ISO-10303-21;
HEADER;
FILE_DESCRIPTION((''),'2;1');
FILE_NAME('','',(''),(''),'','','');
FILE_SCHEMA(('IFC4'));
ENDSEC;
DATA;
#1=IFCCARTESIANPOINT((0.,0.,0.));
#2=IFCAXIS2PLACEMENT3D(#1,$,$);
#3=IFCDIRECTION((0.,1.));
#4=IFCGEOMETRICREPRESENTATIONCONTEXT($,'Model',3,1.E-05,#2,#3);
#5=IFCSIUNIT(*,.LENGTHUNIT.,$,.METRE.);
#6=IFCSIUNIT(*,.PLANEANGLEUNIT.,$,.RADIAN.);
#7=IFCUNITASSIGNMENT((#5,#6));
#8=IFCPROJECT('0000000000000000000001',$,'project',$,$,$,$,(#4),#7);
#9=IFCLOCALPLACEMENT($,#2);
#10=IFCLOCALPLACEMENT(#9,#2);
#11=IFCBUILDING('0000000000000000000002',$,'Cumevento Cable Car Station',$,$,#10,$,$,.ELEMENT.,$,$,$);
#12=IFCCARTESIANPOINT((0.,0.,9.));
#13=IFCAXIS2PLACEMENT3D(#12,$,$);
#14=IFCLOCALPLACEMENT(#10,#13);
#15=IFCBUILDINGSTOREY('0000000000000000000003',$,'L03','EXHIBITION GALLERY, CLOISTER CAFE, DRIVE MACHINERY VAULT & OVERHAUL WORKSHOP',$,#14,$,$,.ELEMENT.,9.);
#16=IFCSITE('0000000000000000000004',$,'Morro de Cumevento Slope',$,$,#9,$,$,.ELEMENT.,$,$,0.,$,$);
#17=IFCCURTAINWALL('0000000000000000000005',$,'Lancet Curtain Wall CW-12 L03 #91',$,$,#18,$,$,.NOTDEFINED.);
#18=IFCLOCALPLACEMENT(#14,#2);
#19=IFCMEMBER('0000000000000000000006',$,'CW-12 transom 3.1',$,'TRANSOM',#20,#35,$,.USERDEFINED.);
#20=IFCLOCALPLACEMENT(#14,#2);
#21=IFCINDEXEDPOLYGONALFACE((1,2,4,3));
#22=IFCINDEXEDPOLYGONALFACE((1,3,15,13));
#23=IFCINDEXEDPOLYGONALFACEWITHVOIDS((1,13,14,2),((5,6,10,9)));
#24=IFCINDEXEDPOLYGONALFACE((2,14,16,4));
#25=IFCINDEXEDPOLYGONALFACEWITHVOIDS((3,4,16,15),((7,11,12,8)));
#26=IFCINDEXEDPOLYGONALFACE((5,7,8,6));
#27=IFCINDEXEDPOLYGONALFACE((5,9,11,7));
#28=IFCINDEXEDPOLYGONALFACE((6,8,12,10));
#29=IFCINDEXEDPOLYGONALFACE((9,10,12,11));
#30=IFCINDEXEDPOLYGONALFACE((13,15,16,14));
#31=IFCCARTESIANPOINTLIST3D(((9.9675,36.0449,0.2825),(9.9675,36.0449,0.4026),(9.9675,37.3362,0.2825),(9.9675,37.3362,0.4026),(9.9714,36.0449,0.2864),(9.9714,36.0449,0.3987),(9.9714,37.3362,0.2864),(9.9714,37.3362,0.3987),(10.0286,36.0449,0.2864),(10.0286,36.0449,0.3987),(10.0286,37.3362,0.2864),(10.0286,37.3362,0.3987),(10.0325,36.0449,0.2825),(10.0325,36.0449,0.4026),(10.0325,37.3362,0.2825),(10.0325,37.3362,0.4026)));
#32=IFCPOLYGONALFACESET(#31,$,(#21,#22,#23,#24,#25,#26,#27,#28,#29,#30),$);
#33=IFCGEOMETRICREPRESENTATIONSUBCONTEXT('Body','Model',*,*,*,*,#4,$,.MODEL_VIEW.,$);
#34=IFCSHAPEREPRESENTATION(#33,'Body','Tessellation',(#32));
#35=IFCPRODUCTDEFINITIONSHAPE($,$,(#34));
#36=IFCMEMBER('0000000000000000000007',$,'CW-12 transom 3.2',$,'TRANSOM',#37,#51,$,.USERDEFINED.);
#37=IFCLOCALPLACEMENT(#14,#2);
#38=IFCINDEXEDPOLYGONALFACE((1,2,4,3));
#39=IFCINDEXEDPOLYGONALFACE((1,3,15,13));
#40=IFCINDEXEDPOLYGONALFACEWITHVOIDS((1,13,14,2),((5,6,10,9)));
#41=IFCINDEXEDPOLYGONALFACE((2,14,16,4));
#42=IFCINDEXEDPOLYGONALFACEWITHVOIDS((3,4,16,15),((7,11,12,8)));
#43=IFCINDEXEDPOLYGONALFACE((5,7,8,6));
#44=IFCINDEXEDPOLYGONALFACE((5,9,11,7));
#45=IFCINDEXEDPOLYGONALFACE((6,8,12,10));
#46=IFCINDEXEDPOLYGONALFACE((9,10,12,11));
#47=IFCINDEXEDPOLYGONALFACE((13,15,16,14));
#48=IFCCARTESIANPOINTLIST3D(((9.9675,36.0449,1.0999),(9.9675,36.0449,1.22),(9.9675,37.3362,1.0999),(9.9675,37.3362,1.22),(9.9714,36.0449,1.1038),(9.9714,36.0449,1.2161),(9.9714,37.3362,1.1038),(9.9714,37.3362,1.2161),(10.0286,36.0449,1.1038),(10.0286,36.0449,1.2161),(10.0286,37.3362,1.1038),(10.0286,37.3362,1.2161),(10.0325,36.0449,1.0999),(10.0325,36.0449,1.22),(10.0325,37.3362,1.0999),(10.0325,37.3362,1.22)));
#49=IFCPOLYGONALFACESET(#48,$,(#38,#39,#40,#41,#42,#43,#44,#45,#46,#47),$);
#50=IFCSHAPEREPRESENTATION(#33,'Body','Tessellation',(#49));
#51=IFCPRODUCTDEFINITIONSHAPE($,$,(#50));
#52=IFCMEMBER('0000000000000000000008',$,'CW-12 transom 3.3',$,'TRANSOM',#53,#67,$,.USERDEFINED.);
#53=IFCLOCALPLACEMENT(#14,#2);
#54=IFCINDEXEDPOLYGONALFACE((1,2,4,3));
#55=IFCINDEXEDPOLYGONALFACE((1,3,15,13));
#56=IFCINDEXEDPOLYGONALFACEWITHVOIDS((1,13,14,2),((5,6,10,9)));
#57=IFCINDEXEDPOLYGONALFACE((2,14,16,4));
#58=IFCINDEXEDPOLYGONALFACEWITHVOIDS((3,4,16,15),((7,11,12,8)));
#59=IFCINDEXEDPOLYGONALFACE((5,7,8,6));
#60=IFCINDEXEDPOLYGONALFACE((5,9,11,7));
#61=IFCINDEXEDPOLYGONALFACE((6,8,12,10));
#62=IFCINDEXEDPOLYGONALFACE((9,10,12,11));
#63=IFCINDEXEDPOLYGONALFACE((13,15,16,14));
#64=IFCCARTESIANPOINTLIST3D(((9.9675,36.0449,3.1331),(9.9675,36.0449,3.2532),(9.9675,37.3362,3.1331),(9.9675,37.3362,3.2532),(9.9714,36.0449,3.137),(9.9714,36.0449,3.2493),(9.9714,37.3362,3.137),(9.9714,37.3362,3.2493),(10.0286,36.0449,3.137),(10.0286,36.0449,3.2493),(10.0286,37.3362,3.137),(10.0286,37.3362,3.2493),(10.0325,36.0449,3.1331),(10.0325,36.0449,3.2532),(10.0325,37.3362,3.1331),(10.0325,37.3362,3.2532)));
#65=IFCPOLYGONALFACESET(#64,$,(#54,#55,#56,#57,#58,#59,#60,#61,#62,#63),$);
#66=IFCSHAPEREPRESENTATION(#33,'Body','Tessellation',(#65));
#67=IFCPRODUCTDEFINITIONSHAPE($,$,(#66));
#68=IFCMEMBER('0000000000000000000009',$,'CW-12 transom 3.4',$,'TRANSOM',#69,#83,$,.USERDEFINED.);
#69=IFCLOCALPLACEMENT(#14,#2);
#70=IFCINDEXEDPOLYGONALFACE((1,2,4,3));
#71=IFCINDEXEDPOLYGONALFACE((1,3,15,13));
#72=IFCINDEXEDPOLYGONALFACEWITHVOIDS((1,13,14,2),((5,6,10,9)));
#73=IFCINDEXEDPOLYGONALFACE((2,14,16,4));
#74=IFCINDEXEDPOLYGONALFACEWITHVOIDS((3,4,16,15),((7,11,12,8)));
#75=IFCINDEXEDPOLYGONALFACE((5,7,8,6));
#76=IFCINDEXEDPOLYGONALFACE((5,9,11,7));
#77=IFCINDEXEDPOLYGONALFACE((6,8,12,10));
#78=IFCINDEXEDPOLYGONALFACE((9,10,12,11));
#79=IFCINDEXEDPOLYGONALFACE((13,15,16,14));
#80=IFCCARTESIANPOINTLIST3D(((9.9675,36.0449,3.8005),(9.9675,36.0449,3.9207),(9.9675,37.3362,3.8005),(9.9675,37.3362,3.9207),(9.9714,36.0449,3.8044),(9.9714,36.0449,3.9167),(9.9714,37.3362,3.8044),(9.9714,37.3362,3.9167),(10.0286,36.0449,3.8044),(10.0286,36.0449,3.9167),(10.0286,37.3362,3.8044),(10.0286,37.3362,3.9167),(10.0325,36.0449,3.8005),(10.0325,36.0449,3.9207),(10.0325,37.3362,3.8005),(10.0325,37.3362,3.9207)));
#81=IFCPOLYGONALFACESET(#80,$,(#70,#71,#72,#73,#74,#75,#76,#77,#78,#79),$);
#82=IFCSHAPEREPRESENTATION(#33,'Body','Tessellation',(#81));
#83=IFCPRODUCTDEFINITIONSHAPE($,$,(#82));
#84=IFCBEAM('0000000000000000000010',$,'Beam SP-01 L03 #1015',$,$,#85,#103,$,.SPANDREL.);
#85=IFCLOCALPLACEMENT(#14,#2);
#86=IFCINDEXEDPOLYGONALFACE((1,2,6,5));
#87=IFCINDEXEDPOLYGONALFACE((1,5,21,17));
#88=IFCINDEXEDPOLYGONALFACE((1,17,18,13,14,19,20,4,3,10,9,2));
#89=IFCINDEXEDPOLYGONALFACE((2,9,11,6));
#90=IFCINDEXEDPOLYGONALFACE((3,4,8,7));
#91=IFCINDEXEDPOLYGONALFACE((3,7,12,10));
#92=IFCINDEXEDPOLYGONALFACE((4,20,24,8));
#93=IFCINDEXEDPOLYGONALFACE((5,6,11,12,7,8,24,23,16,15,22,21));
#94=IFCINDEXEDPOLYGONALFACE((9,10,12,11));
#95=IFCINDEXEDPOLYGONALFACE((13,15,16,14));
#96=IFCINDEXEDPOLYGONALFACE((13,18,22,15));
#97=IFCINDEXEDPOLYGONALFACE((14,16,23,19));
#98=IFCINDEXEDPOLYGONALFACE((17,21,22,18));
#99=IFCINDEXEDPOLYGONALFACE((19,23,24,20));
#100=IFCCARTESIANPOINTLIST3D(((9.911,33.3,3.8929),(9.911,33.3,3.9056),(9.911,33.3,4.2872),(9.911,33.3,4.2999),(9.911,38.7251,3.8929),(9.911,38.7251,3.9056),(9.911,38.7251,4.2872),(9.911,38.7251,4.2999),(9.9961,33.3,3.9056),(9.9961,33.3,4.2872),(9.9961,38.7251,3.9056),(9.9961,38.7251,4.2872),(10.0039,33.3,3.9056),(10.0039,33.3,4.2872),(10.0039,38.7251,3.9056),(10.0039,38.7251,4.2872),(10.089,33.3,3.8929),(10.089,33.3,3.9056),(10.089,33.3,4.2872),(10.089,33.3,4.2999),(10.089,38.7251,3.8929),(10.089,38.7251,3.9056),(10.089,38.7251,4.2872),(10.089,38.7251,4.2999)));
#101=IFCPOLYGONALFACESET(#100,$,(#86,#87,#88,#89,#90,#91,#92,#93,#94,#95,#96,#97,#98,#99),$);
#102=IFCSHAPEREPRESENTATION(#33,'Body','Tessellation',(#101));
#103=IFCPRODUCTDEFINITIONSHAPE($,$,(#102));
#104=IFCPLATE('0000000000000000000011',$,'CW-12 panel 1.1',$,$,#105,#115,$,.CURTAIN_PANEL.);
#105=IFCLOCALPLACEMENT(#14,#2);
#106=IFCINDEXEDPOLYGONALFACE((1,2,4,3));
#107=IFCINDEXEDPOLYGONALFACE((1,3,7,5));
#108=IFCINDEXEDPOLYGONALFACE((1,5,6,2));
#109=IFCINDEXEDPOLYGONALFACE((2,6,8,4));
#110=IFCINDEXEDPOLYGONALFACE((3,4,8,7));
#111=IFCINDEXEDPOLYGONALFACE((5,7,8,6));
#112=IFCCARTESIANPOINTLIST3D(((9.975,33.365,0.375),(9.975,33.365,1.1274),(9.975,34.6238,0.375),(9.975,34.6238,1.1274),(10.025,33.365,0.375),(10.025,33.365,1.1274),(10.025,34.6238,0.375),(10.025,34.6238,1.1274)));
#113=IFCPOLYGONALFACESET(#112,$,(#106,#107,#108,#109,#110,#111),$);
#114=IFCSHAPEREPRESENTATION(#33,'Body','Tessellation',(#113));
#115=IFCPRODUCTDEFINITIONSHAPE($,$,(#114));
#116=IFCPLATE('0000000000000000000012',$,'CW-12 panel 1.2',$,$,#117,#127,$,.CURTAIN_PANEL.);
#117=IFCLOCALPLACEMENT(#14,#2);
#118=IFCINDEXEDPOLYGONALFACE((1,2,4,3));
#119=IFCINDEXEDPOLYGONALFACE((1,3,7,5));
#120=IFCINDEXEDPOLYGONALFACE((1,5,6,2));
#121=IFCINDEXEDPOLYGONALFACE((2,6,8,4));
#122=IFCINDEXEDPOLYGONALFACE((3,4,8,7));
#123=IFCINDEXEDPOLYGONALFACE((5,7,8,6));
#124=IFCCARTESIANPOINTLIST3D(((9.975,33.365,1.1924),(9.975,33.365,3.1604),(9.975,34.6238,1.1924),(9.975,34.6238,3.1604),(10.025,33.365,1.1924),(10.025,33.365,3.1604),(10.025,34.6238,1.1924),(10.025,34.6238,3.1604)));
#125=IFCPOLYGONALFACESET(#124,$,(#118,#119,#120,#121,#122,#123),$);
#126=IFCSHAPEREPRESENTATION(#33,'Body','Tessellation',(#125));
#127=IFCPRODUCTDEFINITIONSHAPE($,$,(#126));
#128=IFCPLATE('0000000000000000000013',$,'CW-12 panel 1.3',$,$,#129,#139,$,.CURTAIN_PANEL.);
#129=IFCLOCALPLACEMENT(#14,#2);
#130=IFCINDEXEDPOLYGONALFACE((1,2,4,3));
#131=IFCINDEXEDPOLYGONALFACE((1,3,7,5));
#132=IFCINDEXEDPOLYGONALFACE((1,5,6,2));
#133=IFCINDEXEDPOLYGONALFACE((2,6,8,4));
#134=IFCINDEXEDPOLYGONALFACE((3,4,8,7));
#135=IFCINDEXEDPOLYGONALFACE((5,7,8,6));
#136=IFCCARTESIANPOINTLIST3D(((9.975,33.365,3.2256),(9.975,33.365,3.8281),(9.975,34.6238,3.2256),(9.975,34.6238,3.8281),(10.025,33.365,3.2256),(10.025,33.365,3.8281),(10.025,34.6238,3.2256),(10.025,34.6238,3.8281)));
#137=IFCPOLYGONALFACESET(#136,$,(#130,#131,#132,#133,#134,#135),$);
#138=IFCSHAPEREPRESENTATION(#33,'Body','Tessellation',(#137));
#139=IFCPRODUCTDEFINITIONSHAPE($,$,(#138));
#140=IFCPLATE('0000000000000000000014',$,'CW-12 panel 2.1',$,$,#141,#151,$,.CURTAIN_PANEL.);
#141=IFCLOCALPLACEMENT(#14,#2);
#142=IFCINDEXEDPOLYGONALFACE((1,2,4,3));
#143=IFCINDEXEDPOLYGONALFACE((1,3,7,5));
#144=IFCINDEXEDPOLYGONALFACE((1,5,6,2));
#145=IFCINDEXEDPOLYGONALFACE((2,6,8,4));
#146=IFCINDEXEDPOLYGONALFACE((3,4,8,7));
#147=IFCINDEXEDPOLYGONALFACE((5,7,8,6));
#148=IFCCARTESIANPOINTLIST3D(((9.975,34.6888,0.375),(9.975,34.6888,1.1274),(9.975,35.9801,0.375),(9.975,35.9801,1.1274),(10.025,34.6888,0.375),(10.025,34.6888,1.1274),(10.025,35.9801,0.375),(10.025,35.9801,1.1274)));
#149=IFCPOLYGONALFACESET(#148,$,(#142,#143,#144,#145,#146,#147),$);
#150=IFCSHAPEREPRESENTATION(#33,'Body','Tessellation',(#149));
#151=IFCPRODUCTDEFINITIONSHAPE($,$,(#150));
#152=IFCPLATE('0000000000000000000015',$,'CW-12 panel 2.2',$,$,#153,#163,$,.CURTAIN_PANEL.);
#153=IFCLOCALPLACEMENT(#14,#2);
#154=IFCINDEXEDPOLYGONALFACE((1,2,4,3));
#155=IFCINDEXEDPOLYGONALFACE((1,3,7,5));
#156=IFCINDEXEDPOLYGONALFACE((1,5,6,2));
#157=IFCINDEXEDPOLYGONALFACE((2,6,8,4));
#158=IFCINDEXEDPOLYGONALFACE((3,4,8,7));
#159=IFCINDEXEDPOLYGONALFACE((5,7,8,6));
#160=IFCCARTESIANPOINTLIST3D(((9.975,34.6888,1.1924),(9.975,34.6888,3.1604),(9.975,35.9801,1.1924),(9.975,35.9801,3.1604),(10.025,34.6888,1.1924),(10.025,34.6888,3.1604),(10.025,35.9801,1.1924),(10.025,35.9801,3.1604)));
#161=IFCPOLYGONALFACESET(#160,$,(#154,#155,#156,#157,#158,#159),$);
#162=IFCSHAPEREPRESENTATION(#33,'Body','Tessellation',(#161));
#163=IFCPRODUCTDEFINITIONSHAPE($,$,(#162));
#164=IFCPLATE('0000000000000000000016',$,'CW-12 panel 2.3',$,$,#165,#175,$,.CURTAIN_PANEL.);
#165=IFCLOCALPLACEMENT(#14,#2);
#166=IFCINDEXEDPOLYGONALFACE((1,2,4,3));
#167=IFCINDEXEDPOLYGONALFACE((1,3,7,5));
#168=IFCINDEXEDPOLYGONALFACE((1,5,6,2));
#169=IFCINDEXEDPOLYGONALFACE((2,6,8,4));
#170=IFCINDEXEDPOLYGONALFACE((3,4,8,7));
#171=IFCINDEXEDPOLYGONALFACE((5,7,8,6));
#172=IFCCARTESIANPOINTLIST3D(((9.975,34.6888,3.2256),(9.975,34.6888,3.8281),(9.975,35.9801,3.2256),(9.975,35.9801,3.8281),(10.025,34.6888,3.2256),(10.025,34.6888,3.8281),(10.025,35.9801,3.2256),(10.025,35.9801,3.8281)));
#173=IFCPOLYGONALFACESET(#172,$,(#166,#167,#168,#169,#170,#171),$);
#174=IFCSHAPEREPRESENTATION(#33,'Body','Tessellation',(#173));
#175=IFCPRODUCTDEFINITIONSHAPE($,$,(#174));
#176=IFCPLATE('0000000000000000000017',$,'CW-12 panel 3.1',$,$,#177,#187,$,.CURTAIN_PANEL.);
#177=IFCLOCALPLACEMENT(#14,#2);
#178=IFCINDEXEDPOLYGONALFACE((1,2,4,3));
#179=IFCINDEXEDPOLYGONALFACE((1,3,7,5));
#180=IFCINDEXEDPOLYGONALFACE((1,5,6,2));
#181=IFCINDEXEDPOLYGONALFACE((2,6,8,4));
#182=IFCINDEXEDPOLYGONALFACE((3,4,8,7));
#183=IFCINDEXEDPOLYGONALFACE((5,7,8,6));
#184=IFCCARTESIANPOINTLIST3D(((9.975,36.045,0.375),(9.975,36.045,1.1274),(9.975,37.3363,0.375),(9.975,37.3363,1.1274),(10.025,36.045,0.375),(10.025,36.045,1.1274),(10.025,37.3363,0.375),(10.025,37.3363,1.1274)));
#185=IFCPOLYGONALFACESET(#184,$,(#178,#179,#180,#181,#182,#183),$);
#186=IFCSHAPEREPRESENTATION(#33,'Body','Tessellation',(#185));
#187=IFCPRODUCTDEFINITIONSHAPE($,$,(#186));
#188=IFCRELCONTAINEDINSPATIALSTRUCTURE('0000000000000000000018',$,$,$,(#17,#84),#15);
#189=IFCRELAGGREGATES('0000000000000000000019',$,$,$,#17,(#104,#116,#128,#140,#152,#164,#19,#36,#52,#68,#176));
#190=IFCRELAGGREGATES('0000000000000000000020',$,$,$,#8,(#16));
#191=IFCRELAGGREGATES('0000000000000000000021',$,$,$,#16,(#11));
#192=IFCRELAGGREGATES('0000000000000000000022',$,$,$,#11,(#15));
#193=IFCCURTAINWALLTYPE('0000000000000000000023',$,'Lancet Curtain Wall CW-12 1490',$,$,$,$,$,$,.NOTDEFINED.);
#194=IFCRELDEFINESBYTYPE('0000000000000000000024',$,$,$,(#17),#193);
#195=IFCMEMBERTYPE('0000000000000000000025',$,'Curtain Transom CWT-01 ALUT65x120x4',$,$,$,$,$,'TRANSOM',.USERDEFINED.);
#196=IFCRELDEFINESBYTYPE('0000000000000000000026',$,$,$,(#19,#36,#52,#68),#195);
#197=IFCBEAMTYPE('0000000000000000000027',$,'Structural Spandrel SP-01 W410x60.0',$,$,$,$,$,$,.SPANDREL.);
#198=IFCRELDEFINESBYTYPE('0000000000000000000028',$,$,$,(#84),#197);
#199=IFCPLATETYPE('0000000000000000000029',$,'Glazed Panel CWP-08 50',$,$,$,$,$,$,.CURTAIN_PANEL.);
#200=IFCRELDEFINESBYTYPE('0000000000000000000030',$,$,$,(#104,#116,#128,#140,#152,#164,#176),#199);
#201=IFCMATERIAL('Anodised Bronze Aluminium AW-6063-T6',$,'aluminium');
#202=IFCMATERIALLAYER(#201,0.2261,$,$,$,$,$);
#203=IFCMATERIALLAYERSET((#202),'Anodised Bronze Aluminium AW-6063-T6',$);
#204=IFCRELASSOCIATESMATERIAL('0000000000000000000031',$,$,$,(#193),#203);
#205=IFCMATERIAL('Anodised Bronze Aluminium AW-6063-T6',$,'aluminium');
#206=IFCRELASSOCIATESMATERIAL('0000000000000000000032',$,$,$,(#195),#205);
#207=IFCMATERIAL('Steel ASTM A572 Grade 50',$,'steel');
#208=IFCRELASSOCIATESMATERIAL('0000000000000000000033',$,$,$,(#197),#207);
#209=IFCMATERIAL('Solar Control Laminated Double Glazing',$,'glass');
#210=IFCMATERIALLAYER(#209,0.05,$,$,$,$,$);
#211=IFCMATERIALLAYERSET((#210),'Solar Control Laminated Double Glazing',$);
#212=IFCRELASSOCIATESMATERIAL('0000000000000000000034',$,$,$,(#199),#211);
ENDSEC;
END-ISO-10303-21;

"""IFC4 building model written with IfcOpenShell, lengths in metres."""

from ifc_helpers import new_model, si_unit, direction, frame, origin, origin_2d, place, context, subcontext, project, spatial, rectangle, hollow_rectangle, i_section, extrude, material, layer, layer_set, material_profile, profile_set, type_object, element, aggregate, save


model = new_model("IFC4")

# Units and contexts
model_context = context("Model", 3, precision=1e-05, world=origin(), true_north=direction((0.0, 1.0)))
body_context = subcontext(model_context, "Body", "Model", "MODEL_VIEW")
ifc_project = project(units=[si_unit("LENGTHUNIT", "METRE"), si_unit("PLANEANGLEUNIT", "RADIAN")], contexts=[model_context])

# Site, building, storey
site_placement = place(None, origin())
site = spatial("IfcSite", under=ifc_project, at=site_placement, Name="Morro de Cumevento Slope", CompositionType="ELEMENT", RefElevation=0.0)
building_placement = place(site_placement, origin())
building = spatial("IfcBuilding", under=site, at=building_placement, Name="Cumevento Cable Car Station", CompositionType="ELEMENT")
storey_placement = place(building_placement, frame((0.0, 0.0, 9.0)))
storey = spatial("IfcBuildingStorey", under=building, at=storey_placement, Name="L03", Description="EXHIBITION GALLERY, CLOISTER CAFE, DRIVE MACHINERY VAULT & OVERHAUL WORKSHOP", CompositionType="ELEMENT", Elevation=9.0)

# Curtain wall, members
ifc_material_1 = material(Name="Anodised Bronze Aluminium AW-6063-T6", Category="aluminium")
ifc_layer_1 = layer(ifc_material_1, 0.2261)
ifc_layer_set_1 = layer_set([ifc_layer_1], Name="Anodised Bronze Aluminium AW-6063-T6")
curtain_wall_type = type_object("IfcCurtainWallType", Name="Lancet Curtain Wall CW-12 1490", PredefinedType="NOTDEFINED", material=ifc_layer_set_1)
curtain_wall_placement = place(storey_placement, origin())
curtain_wall = element("IfcCurtainWall", 1, at=curtain_wall_placement, inside=storey, type_object=curtain_wall_type, Name="Lancet Curtain Wall CW-12 L03 #91", PredefinedType="NOTDEFINED")
ifc_material_2 = material(Name="Anodised Bronze Aluminium AW-6063-T6", Category="aluminium")
ifc_material_profile_1 = material_profile(ifc_material_2, hollow_rectangle(XDim=0.0649, YDim=0.1201, WallThickness=0.0039, at=origin_2d()), Name="ALUT65x120x4")
ifc_profile_set_1 = profile_set([ifc_material_profile_1], Name="Anodised Bronze Aluminium AW-6063-T6")
member_type_1 = type_object("IfcMemberType", Name="Curtain Transom CWT-01 ALUT65x120x4", ElementType="TRANSOM", PredefinedType="USERDEFINED", material=ifc_profile_set_1)
member_1_placement = place(storey_placement, frame((10.0, 36.0449, 0.3425), z_axis=(0.0, 1.0, 0.0), x_axis=(-1.0, 0.0, 0.0)))
member_1 = element("IfcMember", 2, at=member_1_placement, type_object=member_type_1, Name="CW-12 transom 3.1", ObjectType="TRANSOM", PredefinedType="USERDEFINED", context=body_context, shape_type="SweptSolid", body=[
    extrude(hollow_rectangle(XDim=0.0649, YDim=0.1201, WallThickness=0.0039, at=origin_2d()), origin(), (0.0, 0.0, 1.0), 1.2913),
])
member_2_placement = place(storey_placement, frame((10.0, 36.0449, 1.1599), z_axis=(0.0, 1.0, 0.0), x_axis=(-1.0, 0.0, 0.0)))
member_2 = element("IfcMember", 3, at=member_2_placement, type_object=member_type_1, Name="CW-12 transom 3.2", ObjectType="TRANSOM", PredefinedType="USERDEFINED", context=body_context, shape_type="SweptSolid", body=[
    extrude(hollow_rectangle(XDim=0.0649, YDim=0.1201, WallThickness=0.0039, at=origin_2d()), origin(), (0.0, 0.0, 1.0), 1.2913),
])
member_3_placement = place(storey_placement, frame((10.0, 36.0449, 3.1931), z_axis=(0.0, 1.0, 0.0), x_axis=(-1.0, 0.0, 0.0)))
member_3 = element("IfcMember", 4, at=member_3_placement, type_object=member_type_1, Name="CW-12 transom 3.3", ObjectType="TRANSOM", PredefinedType="USERDEFINED", context=body_context, shape_type="SweptSolid", body=[
    extrude(hollow_rectangle(XDim=0.0649, YDim=0.1201, WallThickness=0.0039, at=origin_2d()), origin(), (0.0, 0.0, 1.0), 1.2913),
])
member_4_placement = place(storey_placement, frame((10.0, 36.0449, 3.8606), z_axis=(0.0, 1.0, 0.0), x_axis=(-1.0, 0.0, 0.0)))
member_4 = element("IfcMember", 5, at=member_4_placement, type_object=member_type_1, Name="CW-12 transom 3.4", ObjectType="TRANSOM", PredefinedType="USERDEFINED", context=body_context, shape_type="SweptSolid", body=[
    extrude(hollow_rectangle(XDim=0.0649, YDim=0.1201, WallThickness=0.0039, at=origin_2d()), origin(), (0.0, 0.0, 1.0), 1.2913),
])

# Beam
ifc_material_3 = material(Name="Steel ASTM A572 Grade 50", Category="steel")
ifc_material_profile_2 = material_profile(ifc_material_3, i_section(OverallWidth=0.178, OverallDepth=0.407, WebThickness=0.0078, FlangeThickness=0.0127, at=origin_2d()), Name="W410x60.0")
ifc_profile_set_2 = profile_set([ifc_material_profile_2], Name="Steel ASTM A572 Grade 50")
beam_type = type_object("IfcBeamType", Name="Structural Spandrel SP-01 W410x60.0", PredefinedType="SPANDREL", material=ifc_profile_set_2)
beam_placement = place(storey_placement, frame((10.0, 33.3, 4.0964), z_axis=(0.0, 1.0, 0.0), x_axis=(-1.0, 0.0, 0.0)))
element("IfcBeam", 6, at=beam_placement, inside=storey, type_object=beam_type, Name="Beam SP-01 L03 #1015", PredefinedType="SPANDREL", context=body_context, shape_type="SweptSolid", body=[
    extrude(i_section(OverallWidth=0.178, OverallDepth=0.407, WebThickness=0.0078, FlangeThickness=0.0127, at=origin_2d()), origin(), (0.0, 0.0, 1.0), 5.425),
])

# Plates
ifc_material_4 = material(Name="Solar Control Laminated Double Glazing", Category="glass")
ifc_layer_2 = layer(ifc_material_4, 0.05)
ifc_layer_set_2 = layer_set([ifc_layer_2], Name="Solar Control Laminated Double Glazing")
plate_type = type_object("IfcPlateType", Name="Glazed Panel CWP-08 50", PredefinedType="CURTAIN_PANEL", material=ifc_layer_set_2)
plate_1_placement = place(storey_placement, frame((10.0, 33.9944, 0.375), z_axis=(0.0, 0.0, 1.0), x_axis=(0.0, 1.0, 0.0)))
plate_1 = element("IfcPlate", 7, at=plate_1_placement, type_object=plate_type, Name="CW-12 panel 1.1", PredefinedType="CURTAIN_PANEL", context=body_context, shape_type="SweptSolid", body=[
    extrude(rectangle(XDim=1.2588, YDim=0.05, at=origin_2d()), origin(), (0.0, 0.0, 1.0), 0.7524),
])
plate_2_placement = place(storey_placement, frame((10.0, 33.9944, 1.1924), z_axis=(0.0, 0.0, 1.0), x_axis=(0.0, 1.0, 0.0)))
plate_2 = element("IfcPlate", 8, at=plate_2_placement, type_object=plate_type, Name="CW-12 panel 1.2", PredefinedType="CURTAIN_PANEL", context=body_context, shape_type="SweptSolid", body=[
    extrude(rectangle(XDim=1.2588, YDim=0.05, at=origin_2d()), origin(), (0.0, 0.0, 1.0), 1.968),
])
plate_3_placement = place(storey_placement, frame((10.0, 33.9944, 3.2256), z_axis=(0.0, 0.0, 1.0), x_axis=(0.0, 1.0, 0.0)))
plate_3 = element("IfcPlate", 9, at=plate_3_placement, type_object=plate_type, Name="CW-12 panel 1.3", PredefinedType="CURTAIN_PANEL", context=body_context, shape_type="SweptSolid", body=[
    extrude(rectangle(XDim=1.2588, YDim=0.05, at=origin_2d()), origin(), (0.0, 0.0, 1.0), 0.6025),
])
plate_4_placement = place(storey_placement, frame((10.0, 35.3345, 0.375), z_axis=(0.0, 0.0, 1.0), x_axis=(0.0, 1.0, 0.0)))
plate_4 = element("IfcPlate", 10, at=plate_4_placement, type_object=plate_type, Name="CW-12 panel 2.1", PredefinedType="CURTAIN_PANEL", context=body_context, shape_type="SweptSolid", body=[
    extrude(rectangle(XDim=1.2913, YDim=0.05, at=origin_2d()), origin(), (0.0, 0.0, 1.0), 0.7524),
])
plate_5_placement = place(storey_placement, frame((10.0, 35.3345, 1.1924), z_axis=(0.0, 0.0, 1.0), x_axis=(0.0, 1.0, 0.0)))
plate_5 = element("IfcPlate", 11, at=plate_5_placement, type_object=plate_type, Name="CW-12 panel 2.2", PredefinedType="CURTAIN_PANEL", context=body_context, shape_type="SweptSolid", body=[
    extrude(rectangle(XDim=1.2913, YDim=0.05, at=origin_2d()), origin(), (0.0, 0.0, 1.0), 1.968),
])
plate_6_placement = place(storey_placement, frame((10.0, 35.3345, 3.2256), z_axis=(0.0, 0.0, 1.0), x_axis=(0.0, 1.0, 0.0)))
plate_6 = element("IfcPlate", 12, at=plate_6_placement, type_object=plate_type, Name="CW-12 panel 2.3", PredefinedType="CURTAIN_PANEL", context=body_context, shape_type="SweptSolid", body=[
    extrude(rectangle(XDim=1.2913, YDim=0.05, at=origin_2d()), origin(), (0.0, 0.0, 1.0), 0.6025),
])
plate_7_placement = place(storey_placement, frame((10.0, 36.6907, 0.375), z_axis=(0.0, 0.0, 1.0), x_axis=(0.0, 1.0, 0.0)))
plate_7 = element("IfcPlate", 13, at=plate_7_placement, type_object=plate_type, Name="CW-12 panel 3.1", PredefinedType="CURTAIN_PANEL", context=body_context, shape_type="SweptSolid", body=[
    extrude(rectangle(XDim=1.2913, YDim=0.05, at=origin_2d()), origin(), (0.0, 0.0, 1.0), 0.7524),
])
aggregate(curtain_wall, [plate_1, plate_2, plate_3, plate_4, plate_5, plate_6, member_1, member_2, member_3, member_4, plate_7])

save(model, "model.ifc")
